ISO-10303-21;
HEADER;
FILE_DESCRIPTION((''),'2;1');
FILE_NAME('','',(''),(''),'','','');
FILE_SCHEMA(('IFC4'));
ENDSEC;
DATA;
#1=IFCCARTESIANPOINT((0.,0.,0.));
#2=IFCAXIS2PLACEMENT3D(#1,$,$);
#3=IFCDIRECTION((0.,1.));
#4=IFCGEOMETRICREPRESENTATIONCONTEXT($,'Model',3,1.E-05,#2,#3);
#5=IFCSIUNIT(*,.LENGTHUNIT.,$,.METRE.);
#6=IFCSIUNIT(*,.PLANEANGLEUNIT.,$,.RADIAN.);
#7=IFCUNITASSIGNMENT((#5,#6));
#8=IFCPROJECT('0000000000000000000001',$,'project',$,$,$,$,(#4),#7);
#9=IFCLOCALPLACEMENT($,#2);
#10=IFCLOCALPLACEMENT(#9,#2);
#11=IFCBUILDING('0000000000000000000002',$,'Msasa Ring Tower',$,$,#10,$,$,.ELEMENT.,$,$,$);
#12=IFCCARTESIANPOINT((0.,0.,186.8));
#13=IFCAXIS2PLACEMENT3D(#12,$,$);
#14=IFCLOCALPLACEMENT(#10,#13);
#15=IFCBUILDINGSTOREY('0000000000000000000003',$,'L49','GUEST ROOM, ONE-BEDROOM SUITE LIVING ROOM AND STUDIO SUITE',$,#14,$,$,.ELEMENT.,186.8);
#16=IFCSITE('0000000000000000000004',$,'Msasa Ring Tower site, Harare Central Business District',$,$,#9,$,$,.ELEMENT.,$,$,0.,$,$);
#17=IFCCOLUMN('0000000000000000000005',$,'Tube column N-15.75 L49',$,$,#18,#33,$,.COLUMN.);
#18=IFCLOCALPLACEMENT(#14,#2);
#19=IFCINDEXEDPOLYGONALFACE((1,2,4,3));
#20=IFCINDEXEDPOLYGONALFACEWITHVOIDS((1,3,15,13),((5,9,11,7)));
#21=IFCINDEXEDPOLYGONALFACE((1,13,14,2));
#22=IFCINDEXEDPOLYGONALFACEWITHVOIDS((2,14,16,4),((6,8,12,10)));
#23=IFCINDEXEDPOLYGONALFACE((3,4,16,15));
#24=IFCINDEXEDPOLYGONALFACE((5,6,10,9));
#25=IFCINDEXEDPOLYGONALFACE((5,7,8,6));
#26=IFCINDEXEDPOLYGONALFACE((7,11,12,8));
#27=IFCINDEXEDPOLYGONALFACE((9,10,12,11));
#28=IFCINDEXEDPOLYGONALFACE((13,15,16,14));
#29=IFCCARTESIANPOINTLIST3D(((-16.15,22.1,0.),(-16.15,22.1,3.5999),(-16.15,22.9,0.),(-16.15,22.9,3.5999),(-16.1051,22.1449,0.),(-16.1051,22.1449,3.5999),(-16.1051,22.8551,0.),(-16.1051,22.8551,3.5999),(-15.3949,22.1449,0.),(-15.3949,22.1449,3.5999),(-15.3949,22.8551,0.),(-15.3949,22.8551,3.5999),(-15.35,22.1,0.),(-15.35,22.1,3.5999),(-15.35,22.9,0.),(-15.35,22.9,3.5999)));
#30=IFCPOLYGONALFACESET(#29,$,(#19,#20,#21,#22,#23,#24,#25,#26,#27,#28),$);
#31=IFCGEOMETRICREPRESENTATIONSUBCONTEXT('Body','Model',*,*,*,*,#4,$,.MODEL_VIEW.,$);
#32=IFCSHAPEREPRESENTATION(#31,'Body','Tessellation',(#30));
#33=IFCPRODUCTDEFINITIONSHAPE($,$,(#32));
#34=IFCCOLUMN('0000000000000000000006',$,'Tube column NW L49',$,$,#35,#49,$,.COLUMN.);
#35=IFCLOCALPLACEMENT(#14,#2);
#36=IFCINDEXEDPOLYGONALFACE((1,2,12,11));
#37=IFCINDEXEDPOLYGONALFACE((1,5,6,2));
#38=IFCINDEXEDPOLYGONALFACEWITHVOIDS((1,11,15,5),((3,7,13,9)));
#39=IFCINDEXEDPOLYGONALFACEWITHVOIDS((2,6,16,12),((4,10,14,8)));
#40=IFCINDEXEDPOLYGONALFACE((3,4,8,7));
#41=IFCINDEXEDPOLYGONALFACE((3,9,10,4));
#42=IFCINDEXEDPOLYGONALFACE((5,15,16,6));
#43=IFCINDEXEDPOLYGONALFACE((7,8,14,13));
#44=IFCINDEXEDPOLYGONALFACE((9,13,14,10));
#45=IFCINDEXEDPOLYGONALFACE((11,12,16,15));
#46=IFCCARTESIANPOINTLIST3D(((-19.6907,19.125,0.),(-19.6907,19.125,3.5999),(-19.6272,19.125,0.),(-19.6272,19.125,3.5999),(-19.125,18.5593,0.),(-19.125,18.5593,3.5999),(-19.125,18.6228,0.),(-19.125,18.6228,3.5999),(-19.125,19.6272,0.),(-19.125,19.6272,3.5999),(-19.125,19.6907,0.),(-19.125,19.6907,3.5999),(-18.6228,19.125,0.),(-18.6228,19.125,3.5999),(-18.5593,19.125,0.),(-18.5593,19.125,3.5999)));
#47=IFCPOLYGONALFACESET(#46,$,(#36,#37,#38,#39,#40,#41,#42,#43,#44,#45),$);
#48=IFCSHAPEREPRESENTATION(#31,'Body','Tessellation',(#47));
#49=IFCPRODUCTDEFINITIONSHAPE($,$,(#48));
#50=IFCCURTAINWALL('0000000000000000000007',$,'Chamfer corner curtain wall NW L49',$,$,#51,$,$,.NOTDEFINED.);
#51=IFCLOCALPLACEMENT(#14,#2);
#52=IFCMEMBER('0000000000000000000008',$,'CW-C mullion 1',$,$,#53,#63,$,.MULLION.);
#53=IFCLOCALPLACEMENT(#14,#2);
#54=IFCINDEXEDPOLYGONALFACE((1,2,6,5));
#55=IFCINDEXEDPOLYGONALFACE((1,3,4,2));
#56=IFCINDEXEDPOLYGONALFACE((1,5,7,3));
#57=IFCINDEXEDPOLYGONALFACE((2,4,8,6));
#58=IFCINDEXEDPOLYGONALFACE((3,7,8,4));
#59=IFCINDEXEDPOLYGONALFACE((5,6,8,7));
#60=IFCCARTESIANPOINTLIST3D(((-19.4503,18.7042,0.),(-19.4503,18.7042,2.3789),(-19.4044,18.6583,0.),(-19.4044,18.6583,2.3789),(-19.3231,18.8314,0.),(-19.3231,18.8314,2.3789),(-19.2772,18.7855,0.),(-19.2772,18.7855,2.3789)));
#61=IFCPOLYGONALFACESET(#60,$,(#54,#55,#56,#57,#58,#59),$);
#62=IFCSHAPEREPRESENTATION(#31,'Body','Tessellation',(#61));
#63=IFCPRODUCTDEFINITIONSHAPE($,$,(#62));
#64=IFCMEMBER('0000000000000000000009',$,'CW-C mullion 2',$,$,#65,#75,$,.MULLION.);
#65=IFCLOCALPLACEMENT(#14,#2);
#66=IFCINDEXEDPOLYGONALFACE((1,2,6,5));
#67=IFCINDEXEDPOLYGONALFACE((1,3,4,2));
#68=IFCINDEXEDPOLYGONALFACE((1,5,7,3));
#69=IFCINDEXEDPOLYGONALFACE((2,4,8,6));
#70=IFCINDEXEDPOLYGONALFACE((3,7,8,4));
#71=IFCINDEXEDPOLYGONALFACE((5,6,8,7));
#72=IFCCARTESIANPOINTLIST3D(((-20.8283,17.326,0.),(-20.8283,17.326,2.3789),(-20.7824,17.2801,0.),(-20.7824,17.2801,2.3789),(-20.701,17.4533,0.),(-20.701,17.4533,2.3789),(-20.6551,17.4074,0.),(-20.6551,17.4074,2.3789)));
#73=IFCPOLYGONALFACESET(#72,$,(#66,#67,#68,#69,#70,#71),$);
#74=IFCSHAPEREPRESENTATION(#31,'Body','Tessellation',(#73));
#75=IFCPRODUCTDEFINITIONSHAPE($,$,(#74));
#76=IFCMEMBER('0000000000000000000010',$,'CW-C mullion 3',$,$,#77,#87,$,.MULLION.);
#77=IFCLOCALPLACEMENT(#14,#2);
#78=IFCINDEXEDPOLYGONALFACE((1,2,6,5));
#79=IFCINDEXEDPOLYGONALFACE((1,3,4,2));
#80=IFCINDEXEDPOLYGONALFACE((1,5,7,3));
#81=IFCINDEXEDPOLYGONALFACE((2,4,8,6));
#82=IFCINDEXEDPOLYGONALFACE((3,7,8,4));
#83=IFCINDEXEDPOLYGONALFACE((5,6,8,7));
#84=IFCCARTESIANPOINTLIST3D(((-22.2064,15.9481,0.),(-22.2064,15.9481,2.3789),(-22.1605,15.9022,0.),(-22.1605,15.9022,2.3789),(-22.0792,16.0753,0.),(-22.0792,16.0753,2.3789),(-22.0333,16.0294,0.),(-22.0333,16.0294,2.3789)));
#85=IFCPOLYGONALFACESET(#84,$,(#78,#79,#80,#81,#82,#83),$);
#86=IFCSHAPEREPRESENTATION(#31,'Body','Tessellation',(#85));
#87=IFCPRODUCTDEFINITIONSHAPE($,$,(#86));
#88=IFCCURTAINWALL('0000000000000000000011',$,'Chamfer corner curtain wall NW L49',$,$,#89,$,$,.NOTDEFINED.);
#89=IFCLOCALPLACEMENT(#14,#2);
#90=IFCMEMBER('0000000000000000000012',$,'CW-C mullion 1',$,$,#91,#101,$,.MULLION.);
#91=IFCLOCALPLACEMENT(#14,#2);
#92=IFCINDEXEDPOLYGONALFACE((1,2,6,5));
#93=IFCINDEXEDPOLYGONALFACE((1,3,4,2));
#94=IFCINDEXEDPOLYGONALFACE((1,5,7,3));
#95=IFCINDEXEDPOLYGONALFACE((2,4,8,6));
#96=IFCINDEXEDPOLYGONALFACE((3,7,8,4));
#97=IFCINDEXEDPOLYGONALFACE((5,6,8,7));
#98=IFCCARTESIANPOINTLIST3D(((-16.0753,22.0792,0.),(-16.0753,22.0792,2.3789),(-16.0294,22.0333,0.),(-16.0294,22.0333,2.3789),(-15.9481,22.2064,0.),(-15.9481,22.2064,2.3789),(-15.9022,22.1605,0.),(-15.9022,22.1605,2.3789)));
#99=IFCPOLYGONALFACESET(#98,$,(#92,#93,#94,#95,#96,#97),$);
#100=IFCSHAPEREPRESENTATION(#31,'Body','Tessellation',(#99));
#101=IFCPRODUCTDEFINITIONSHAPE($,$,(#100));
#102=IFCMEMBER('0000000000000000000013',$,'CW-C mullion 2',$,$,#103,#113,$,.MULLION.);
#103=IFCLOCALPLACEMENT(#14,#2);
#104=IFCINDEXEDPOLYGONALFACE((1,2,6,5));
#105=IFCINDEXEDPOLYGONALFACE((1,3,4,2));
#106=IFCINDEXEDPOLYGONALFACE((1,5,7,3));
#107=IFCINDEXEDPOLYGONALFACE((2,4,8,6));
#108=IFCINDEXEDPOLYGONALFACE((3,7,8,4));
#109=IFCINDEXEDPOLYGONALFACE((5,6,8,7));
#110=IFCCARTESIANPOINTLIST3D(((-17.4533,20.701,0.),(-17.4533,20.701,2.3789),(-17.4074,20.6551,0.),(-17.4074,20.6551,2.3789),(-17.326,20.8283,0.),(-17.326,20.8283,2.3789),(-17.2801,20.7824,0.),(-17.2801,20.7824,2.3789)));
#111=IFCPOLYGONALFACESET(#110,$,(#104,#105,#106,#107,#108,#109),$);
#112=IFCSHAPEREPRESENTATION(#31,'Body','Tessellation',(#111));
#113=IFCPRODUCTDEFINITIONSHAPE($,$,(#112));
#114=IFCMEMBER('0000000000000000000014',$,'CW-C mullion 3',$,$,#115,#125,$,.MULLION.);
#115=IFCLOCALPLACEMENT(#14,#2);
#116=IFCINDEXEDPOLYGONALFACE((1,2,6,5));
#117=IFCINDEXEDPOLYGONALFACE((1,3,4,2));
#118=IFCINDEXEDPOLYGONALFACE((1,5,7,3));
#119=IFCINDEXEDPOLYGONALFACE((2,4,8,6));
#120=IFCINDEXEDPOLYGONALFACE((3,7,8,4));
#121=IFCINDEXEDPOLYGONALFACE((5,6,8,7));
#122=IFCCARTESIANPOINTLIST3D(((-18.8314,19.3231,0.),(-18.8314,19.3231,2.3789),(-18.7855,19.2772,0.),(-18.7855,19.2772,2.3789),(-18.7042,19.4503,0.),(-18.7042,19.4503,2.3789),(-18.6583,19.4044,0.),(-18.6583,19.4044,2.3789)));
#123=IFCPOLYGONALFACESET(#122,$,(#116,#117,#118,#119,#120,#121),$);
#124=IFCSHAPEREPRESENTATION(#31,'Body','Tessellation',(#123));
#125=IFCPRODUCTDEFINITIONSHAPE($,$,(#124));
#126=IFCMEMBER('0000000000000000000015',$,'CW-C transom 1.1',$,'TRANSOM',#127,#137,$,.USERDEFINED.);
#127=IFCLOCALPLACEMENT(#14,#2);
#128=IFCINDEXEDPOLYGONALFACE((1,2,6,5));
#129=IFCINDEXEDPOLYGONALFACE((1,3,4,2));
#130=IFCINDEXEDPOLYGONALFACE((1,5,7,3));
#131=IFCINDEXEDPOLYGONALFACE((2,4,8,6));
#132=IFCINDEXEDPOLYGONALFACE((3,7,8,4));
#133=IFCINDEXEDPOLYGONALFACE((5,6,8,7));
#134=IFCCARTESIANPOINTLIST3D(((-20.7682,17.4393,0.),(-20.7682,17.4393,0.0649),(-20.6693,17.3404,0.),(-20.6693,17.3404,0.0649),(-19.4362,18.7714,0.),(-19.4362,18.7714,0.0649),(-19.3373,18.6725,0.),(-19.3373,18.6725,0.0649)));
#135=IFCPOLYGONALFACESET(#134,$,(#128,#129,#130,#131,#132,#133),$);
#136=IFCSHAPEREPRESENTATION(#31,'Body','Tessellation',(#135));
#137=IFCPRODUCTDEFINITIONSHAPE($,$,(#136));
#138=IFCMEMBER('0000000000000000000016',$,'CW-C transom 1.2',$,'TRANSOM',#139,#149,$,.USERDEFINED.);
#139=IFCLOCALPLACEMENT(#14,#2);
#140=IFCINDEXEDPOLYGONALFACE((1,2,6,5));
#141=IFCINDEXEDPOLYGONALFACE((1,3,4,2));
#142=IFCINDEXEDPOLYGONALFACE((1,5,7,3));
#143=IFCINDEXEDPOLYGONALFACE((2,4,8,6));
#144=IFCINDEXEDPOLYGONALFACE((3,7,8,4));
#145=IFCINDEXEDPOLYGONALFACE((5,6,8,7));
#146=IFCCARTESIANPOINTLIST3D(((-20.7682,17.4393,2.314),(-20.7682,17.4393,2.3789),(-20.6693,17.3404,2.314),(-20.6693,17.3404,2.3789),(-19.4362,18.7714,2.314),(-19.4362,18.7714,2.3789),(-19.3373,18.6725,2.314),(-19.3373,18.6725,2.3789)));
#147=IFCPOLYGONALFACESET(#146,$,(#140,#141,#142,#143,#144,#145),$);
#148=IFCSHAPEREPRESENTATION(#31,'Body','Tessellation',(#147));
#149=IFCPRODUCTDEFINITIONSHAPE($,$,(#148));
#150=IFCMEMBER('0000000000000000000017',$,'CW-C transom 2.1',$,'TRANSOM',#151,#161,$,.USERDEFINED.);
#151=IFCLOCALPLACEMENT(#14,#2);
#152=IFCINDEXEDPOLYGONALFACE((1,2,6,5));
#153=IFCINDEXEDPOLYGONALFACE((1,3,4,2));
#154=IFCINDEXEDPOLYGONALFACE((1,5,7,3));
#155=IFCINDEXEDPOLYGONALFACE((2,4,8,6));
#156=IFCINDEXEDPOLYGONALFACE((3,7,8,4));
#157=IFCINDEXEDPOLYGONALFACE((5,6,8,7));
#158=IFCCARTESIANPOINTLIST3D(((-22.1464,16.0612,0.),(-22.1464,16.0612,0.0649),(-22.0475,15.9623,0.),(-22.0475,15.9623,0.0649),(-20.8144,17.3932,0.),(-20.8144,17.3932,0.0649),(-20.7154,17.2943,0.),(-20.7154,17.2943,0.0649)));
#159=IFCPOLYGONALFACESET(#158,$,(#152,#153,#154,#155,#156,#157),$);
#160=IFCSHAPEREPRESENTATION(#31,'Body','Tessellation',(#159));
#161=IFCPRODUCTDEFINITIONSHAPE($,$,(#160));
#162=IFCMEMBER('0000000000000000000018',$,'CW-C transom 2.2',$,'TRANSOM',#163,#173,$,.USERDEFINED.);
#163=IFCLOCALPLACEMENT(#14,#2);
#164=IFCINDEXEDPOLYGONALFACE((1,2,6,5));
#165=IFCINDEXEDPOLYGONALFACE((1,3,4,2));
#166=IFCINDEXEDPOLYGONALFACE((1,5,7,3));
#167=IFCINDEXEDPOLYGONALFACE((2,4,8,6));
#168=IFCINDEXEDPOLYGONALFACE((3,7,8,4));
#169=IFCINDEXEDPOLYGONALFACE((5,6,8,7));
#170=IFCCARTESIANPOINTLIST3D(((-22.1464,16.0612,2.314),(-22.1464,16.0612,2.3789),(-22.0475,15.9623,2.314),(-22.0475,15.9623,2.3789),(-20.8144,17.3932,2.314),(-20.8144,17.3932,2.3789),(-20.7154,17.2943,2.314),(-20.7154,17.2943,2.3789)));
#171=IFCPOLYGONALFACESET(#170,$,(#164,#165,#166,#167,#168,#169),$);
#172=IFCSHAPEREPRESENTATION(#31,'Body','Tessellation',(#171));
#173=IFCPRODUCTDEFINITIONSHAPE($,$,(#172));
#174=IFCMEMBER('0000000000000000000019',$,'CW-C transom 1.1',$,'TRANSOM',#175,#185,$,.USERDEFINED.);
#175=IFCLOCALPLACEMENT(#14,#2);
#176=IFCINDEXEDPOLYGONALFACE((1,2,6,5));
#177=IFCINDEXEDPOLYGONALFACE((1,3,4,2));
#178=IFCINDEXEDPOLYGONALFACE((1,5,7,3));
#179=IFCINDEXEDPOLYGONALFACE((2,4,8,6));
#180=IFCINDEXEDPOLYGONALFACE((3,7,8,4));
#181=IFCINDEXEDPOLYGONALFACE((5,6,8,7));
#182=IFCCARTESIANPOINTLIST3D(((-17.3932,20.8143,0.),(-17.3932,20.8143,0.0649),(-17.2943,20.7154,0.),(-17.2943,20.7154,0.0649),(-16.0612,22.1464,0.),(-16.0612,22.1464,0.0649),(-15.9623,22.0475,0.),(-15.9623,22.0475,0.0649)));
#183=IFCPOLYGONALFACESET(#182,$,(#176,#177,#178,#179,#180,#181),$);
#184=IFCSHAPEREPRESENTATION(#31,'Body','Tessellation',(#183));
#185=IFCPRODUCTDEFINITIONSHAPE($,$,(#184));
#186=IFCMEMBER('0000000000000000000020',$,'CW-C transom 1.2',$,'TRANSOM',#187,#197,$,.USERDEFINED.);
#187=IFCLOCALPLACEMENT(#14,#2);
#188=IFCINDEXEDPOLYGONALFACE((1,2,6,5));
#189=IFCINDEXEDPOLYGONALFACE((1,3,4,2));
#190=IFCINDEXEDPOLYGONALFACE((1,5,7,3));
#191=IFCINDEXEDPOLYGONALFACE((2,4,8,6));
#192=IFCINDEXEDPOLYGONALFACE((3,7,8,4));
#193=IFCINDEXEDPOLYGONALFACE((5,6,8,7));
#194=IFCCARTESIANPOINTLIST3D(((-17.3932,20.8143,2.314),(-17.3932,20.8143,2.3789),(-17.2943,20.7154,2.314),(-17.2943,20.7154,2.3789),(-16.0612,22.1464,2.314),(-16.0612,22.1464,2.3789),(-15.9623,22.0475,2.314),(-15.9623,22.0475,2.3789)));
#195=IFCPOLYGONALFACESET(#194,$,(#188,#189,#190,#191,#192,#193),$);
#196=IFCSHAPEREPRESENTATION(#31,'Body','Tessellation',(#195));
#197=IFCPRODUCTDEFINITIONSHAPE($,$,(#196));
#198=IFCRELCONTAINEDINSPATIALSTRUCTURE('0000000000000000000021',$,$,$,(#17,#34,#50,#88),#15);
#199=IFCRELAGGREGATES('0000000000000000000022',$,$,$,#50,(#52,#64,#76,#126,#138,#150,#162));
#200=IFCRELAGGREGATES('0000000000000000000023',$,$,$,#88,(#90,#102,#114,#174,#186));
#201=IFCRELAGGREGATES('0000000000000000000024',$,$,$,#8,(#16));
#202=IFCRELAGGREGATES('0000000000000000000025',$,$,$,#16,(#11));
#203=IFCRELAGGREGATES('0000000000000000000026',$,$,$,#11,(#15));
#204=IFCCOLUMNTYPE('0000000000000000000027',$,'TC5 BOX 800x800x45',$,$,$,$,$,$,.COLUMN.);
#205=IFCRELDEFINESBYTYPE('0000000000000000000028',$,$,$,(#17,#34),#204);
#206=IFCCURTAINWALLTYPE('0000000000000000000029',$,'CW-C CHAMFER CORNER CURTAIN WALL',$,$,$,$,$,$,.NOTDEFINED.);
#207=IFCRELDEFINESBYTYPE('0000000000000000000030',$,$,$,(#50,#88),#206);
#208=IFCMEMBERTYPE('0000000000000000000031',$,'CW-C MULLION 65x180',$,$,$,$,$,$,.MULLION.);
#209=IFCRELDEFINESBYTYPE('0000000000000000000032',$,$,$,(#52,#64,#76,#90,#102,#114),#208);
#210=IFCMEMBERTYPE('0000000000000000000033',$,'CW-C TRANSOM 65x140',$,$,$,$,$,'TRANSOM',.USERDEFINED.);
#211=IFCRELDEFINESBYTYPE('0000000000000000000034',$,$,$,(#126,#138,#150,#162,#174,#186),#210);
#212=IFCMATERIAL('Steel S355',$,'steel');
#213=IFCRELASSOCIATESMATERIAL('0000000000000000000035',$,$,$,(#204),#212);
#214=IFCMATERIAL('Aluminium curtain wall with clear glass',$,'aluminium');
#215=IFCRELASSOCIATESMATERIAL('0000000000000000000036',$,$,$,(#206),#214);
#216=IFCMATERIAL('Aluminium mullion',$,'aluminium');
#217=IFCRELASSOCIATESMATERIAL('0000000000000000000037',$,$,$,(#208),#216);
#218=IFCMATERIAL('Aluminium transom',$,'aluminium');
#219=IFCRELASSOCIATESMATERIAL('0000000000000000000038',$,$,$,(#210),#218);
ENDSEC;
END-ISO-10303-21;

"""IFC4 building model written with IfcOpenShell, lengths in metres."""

from ifc_helpers import new_model, si_unit, direction, frame, origin, origin_2d, place, context, subcontext, project, spatial, rectangle, hollow_rectangle, extrude, material, material_profile, profile_set, type_object, element, aggregate, save


model = new_model("IFC4")

# Units and contexts
model_context = context("Model", 3, precision=1e-05, world=origin(), true_north=direction((0.0, 1.0)))
body_context = subcontext(model_context, "Body", "Model", "MODEL_VIEW")
ifc_project = project(units=[si_unit("LENGTHUNIT", "METRE"), si_unit("PLANEANGLEUNIT", "RADIAN")], contexts=[model_context])

# Site, building, storey
site_placement = place(None, origin())
site = spatial("IfcSite", under=ifc_project, at=site_placement, Name="Msasa Ring Tower site, Harare Central Business District", CompositionType="ELEMENT", RefElevation=0.0)
building_placement = place(site_placement, origin())
building = spatial("IfcBuilding", under=site, at=building_placement, Name="Msasa Ring Tower", CompositionType="ELEMENT")
storey_placement = place(building_placement, frame((0.0, 0.0, 186.8)))
storey = spatial("IfcBuildingStorey", under=building, at=storey_placement, Name="L49", Description="GUEST ROOM, ONE-BEDROOM SUITE LIVING ROOM AND STUDIO SUITE", CompositionType="ELEMENT", Elevation=186.8)

# Columns
ifc_material_1 = material(Name="Steel S355", Category="steel")
ifc_material_profile_1 = material_profile(ifc_material_1, hollow_rectangle(XDim=0.8, YDim=0.8, WallThickness=0.0449, at=origin_2d()), Name="BOX 800x800x45")
ifc_profile_set_1 = profile_set([ifc_material_profile_1], Name="Steel S355")
column_type = type_object("IfcColumnType", Name="TC5 BOX 800x800x45", PredefinedType="COLUMN", material=ifc_profile_set_1)
for number, where, z_axis, x_axis, name in (
    (1, (-15.75, 22.5, 0.0), (0.0, 0.0, 1.0), (0.0, 1.0, 0.0), "Tube column N-15.75 L49"),
    (2, (-19.125, 19.125, 0.0), (0.0, 0.0, 1.0), (0.707107, -0.707107, 0.0), "Tube column NW L49"),
):
    element("IfcColumn", number, at=place(storey_placement, frame(where, z_axis=z_axis, x_axis=x_axis)), inside=storey, type_object=column_type, Name=name, PredefinedType="COLUMN", context=body_context, shape_type="SweptSolid", body=[
        extrude(hollow_rectangle(XDim=0.8, YDim=0.8, WallThickness=0.0449, at=origin_2d()), origin(), (0.0, 0.0, 1.0), 3.5999),
    ])

# Curtain walls, members
ifc_material_2 = material(Name="Aluminium curtain wall with clear glass", Category="aluminium")
curtain_wall_type = type_object("IfcCurtainWallType", Name="CW-C CHAMFER CORNER CURTAIN WALL", PredefinedType="NOTDEFINED", material=ifc_material_2)
curtain_wall_1_placement = place(storey_placement, origin())
curtain_wall_1 = element("IfcCurtainWall", 3, at=curtain_wall_1_placement, inside=storey, type_object=curtain_wall_type, Name="Chamfer corner curtain wall NW L49", PredefinedType="NOTDEFINED")
ifc_material_3 = material(Name="Aluminium mullion", Category="aluminium")
ifc_material_profile_2 = material_profile(ifc_material_3, rectangle(XDim=0.0649, YDim=0.1799, at=origin_2d()), Name="AL 65x180")
ifc_profile_set_2 = profile_set([ifc_material_profile_2], Name="Aluminium mullion")
member_type_1 = type_object("IfcMemberType", Name="CW-C MULLION 65x180", PredefinedType="MULLION", material=ifc_profile_set_2)
member_1_placement = place(storey_placement, frame((-19.3638, 18.7449, 0.0), z_axis=(0.0, 0.0, 1.0), x_axis=(0.707107, -0.707107, 0.0)))
member_1 = element("IfcMember", 4, at=member_1_placement, type_object=member_type_1, Name="CW-C mullion 1", PredefinedType="MULLION", context=body_context, shape_type="SweptSolid", body=[
    extrude(rectangle(XDim=0.0649, YDim=0.1799, at=origin_2d()), origin(), (0.0, 0.0, 1.0), 2.3789),
])
member_2_placement = place(storey_placement, frame((-20.7417, 17.3667, 0.0), z_axis=(0.0, 0.0, 1.0), x_axis=(0.707107, -0.707107, 0.0)))
member_2 = element("IfcMember", 5, at=member_2_placement, type_object=member_type_1, Name="CW-C mullion 2", PredefinedType="MULLION", context=body_context, shape_type="SweptSolid", body=[
    extrude(rectangle(XDim=0.0649, YDim=0.1799, at=origin_2d()), origin(), (0.0, 0.0, 1.0), 2.3789),
])
member_3_placement = place(storey_placement, frame((-22.1199, 15.9888, 0.0), z_axis=(0.0, 0.0, 1.0), x_axis=(0.707107, -0.707107, 0.0)))
member_3 = element("IfcMember", 6, at=member_3_placement, type_object=member_type_1, Name="CW-C mullion 3", PredefinedType="MULLION", context=body_context, shape_type="SweptSolid", body=[
    extrude(rectangle(XDim=0.0649, YDim=0.1799, at=origin_2d()), origin(), (0.0, 0.0, 1.0), 2.3789),
])
curtain_wall_2_placement = place(storey_placement, origin())
curtain_wall_2 = element("IfcCurtainWall", 7, at=curtain_wall_2_placement, inside=storey, type_object=curtain_wall_type, Name="Chamfer corner curtain wall NW L49", PredefinedType="NOTDEFINED")
member_4_placement = place(storey_placement, frame((-15.9888, 22.1199, 0.0), z_axis=(0.0, 0.0, 1.0), x_axis=(0.707107, -0.707107, 0.0)))
member_4 = element("IfcMember", 8, at=member_4_placement, type_object=member_type_1, Name="CW-C mullion 1", PredefinedType="MULLION", context=body_context, shape_type="SweptSolid", body=[
    extrude(rectangle(XDim=0.0649, YDim=0.1799, at=origin_2d()), origin(), (0.0, 0.0, 1.0), 2.3789),
])
member_5_placement = place(storey_placement, frame((-17.3667, 20.7417, 0.0), z_axis=(0.0, 0.0, 1.0), x_axis=(0.707107, -0.707107, 0.0)))
member_5 = element("IfcMember", 9, at=member_5_placement, type_object=member_type_1, Name="CW-C mullion 2", PredefinedType="MULLION", context=body_context, shape_type="SweptSolid", body=[
    extrude(rectangle(XDim=0.0649, YDim=0.1799, at=origin_2d()), origin(), (0.0, 0.0, 1.0), 2.3789),
])
member_6_placement = place(storey_placement, frame((-18.7449, 19.3638, 0.0), z_axis=(0.0, 0.0, 1.0), x_axis=(0.707107, -0.707107, 0.0)))
member_6 = element("IfcMember", 10, at=member_6_placement, type_object=member_type_1, Name="CW-C mullion 3", PredefinedType="MULLION", context=body_context, shape_type="SweptSolid", body=[
    extrude(rectangle(XDim=0.0649, YDim=0.1799, at=origin_2d()), origin(), (0.0, 0.0, 1.0), 2.3789),
])

# Members
ifc_material_4 = material(Name="Aluminium transom", Category="aluminium")
ifc_material_profile_3 = material_profile(ifc_material_4, rectangle(XDim=0.1399, YDim=0.0649, at=origin_2d()), Name="AL 65x140")
ifc_profile_set_3 = profile_set([ifc_material_profile_3], Name="Aluminium transom")
member_type_2 = type_object("IfcMemberType", Name="CW-C TRANSOM 65x140", ElementType="TRANSOM", PredefinedType="USERDEFINED", material=ifc_profile_set_3)
member_7_placement = place(storey_placement, frame((-19.3867, 18.7219, 0.0325), z_axis=(-0.707107, -0.707107, 0.0), x_axis=(0.707107, -0.707107, 0.0)))
member_7 = element("IfcMember", 11, at=member_7_placement, type_object=member_type_2, Name="CW-C transom 1.1", ObjectType="TRANSOM", PredefinedType="USERDEFINED", context=body_context, shape_type="SweptSolid", body=[
    extrude(rectangle(XDim=0.1399, YDim=0.0649, at=origin_2d()), origin(), (0.0, 0.0, 1.0), 1.8838),
])
member_8_placement = place(storey_placement, frame((-19.3867, 18.7219, 2.3464), z_axis=(-0.707107, -0.707107, 0.0), x_axis=(0.707107, -0.707107, 0.0)))
member_8 = element("IfcMember", 12, at=member_8_placement, type_object=member_type_2, Name="CW-C transom 1.2", ObjectType="TRANSOM", PredefinedType="USERDEFINED", context=body_context, shape_type="SweptSolid", body=[
    extrude(rectangle(XDim=0.1399, YDim=0.0649, at=origin_2d()), origin(), (0.0, 0.0, 1.0), 1.8838),
])
member_9_placement = place(storey_placement, frame((-20.7649, 17.3438, 0.0325), z_axis=(-0.707107, -0.707107, 0.0), x_axis=(0.707107, -0.707107, 0.0)))
member_9 = element("IfcMember", 13, at=member_9_placement, type_object=member_type_2, Name="CW-C transom 2.1", ObjectType="TRANSOM", PredefinedType="USERDEFINED", context=body_context, shape_type="SweptSolid", body=[
    extrude(rectangle(XDim=0.1399, YDim=0.0649, at=origin_2d()), origin(), (0.0, 0.0, 1.0), 1.8838),
])
member_10_placement = place(storey_placement, frame((-20.7649, 17.3438, 2.3464), z_axis=(-0.707107, -0.707107, 0.0), x_axis=(0.707107, -0.707107, 0.0)))
member_10 = element("IfcMember", 14, at=member_10_placement, type_object=member_type_2, Name="CW-C transom 2.2", ObjectType="TRANSOM", PredefinedType="USERDEFINED", context=body_context, shape_type="SweptSolid", body=[
    extrude(rectangle(XDim=0.1399, YDim=0.0649, at=origin_2d()), origin(), (0.0, 0.0, 1.0), 1.8838),
])
member_11_placement = place(storey_placement, frame((-16.0117, 22.0969, 0.0325), z_axis=(-0.707107, -0.707107, 0.0), x_axis=(0.707107, -0.707107, 0.0)))
member_11 = element("IfcMember", 15, at=member_11_placement, type_object=member_type_2, Name="CW-C transom 1.1", ObjectType="TRANSOM", PredefinedType="USERDEFINED", context=body_context, shape_type="SweptSolid", body=[
    extrude(rectangle(XDim=0.1399, YDim=0.0649, at=origin_2d()), origin(), (0.0, 0.0, 1.0), 1.8838),
])
member_12_placement = place(storey_placement, frame((-16.0117, 22.0969, 2.3464), z_axis=(-0.707107, -0.707107, 0.0), x_axis=(0.707107, -0.707107, 0.0)))
member_12 = element("IfcMember", 16, at=member_12_placement, type_object=member_type_2, Name="CW-C transom 1.2", ObjectType="TRANSOM", PredefinedType="USERDEFINED", context=body_context, shape_type="SweptSolid", body=[
    extrude(rectangle(XDim=0.1399, YDim=0.0649, at=origin_2d()), origin(), (0.0, 0.0, 1.0), 1.8838),
])

aggregate(curtain_wall_1, [member_1, member_2, member_3, member_7, member_8, member_9, member_10])
aggregate(curtain_wall_2, [member_4, member_5, member_6, member_11, member_12])

save(model, "model.ifc")
